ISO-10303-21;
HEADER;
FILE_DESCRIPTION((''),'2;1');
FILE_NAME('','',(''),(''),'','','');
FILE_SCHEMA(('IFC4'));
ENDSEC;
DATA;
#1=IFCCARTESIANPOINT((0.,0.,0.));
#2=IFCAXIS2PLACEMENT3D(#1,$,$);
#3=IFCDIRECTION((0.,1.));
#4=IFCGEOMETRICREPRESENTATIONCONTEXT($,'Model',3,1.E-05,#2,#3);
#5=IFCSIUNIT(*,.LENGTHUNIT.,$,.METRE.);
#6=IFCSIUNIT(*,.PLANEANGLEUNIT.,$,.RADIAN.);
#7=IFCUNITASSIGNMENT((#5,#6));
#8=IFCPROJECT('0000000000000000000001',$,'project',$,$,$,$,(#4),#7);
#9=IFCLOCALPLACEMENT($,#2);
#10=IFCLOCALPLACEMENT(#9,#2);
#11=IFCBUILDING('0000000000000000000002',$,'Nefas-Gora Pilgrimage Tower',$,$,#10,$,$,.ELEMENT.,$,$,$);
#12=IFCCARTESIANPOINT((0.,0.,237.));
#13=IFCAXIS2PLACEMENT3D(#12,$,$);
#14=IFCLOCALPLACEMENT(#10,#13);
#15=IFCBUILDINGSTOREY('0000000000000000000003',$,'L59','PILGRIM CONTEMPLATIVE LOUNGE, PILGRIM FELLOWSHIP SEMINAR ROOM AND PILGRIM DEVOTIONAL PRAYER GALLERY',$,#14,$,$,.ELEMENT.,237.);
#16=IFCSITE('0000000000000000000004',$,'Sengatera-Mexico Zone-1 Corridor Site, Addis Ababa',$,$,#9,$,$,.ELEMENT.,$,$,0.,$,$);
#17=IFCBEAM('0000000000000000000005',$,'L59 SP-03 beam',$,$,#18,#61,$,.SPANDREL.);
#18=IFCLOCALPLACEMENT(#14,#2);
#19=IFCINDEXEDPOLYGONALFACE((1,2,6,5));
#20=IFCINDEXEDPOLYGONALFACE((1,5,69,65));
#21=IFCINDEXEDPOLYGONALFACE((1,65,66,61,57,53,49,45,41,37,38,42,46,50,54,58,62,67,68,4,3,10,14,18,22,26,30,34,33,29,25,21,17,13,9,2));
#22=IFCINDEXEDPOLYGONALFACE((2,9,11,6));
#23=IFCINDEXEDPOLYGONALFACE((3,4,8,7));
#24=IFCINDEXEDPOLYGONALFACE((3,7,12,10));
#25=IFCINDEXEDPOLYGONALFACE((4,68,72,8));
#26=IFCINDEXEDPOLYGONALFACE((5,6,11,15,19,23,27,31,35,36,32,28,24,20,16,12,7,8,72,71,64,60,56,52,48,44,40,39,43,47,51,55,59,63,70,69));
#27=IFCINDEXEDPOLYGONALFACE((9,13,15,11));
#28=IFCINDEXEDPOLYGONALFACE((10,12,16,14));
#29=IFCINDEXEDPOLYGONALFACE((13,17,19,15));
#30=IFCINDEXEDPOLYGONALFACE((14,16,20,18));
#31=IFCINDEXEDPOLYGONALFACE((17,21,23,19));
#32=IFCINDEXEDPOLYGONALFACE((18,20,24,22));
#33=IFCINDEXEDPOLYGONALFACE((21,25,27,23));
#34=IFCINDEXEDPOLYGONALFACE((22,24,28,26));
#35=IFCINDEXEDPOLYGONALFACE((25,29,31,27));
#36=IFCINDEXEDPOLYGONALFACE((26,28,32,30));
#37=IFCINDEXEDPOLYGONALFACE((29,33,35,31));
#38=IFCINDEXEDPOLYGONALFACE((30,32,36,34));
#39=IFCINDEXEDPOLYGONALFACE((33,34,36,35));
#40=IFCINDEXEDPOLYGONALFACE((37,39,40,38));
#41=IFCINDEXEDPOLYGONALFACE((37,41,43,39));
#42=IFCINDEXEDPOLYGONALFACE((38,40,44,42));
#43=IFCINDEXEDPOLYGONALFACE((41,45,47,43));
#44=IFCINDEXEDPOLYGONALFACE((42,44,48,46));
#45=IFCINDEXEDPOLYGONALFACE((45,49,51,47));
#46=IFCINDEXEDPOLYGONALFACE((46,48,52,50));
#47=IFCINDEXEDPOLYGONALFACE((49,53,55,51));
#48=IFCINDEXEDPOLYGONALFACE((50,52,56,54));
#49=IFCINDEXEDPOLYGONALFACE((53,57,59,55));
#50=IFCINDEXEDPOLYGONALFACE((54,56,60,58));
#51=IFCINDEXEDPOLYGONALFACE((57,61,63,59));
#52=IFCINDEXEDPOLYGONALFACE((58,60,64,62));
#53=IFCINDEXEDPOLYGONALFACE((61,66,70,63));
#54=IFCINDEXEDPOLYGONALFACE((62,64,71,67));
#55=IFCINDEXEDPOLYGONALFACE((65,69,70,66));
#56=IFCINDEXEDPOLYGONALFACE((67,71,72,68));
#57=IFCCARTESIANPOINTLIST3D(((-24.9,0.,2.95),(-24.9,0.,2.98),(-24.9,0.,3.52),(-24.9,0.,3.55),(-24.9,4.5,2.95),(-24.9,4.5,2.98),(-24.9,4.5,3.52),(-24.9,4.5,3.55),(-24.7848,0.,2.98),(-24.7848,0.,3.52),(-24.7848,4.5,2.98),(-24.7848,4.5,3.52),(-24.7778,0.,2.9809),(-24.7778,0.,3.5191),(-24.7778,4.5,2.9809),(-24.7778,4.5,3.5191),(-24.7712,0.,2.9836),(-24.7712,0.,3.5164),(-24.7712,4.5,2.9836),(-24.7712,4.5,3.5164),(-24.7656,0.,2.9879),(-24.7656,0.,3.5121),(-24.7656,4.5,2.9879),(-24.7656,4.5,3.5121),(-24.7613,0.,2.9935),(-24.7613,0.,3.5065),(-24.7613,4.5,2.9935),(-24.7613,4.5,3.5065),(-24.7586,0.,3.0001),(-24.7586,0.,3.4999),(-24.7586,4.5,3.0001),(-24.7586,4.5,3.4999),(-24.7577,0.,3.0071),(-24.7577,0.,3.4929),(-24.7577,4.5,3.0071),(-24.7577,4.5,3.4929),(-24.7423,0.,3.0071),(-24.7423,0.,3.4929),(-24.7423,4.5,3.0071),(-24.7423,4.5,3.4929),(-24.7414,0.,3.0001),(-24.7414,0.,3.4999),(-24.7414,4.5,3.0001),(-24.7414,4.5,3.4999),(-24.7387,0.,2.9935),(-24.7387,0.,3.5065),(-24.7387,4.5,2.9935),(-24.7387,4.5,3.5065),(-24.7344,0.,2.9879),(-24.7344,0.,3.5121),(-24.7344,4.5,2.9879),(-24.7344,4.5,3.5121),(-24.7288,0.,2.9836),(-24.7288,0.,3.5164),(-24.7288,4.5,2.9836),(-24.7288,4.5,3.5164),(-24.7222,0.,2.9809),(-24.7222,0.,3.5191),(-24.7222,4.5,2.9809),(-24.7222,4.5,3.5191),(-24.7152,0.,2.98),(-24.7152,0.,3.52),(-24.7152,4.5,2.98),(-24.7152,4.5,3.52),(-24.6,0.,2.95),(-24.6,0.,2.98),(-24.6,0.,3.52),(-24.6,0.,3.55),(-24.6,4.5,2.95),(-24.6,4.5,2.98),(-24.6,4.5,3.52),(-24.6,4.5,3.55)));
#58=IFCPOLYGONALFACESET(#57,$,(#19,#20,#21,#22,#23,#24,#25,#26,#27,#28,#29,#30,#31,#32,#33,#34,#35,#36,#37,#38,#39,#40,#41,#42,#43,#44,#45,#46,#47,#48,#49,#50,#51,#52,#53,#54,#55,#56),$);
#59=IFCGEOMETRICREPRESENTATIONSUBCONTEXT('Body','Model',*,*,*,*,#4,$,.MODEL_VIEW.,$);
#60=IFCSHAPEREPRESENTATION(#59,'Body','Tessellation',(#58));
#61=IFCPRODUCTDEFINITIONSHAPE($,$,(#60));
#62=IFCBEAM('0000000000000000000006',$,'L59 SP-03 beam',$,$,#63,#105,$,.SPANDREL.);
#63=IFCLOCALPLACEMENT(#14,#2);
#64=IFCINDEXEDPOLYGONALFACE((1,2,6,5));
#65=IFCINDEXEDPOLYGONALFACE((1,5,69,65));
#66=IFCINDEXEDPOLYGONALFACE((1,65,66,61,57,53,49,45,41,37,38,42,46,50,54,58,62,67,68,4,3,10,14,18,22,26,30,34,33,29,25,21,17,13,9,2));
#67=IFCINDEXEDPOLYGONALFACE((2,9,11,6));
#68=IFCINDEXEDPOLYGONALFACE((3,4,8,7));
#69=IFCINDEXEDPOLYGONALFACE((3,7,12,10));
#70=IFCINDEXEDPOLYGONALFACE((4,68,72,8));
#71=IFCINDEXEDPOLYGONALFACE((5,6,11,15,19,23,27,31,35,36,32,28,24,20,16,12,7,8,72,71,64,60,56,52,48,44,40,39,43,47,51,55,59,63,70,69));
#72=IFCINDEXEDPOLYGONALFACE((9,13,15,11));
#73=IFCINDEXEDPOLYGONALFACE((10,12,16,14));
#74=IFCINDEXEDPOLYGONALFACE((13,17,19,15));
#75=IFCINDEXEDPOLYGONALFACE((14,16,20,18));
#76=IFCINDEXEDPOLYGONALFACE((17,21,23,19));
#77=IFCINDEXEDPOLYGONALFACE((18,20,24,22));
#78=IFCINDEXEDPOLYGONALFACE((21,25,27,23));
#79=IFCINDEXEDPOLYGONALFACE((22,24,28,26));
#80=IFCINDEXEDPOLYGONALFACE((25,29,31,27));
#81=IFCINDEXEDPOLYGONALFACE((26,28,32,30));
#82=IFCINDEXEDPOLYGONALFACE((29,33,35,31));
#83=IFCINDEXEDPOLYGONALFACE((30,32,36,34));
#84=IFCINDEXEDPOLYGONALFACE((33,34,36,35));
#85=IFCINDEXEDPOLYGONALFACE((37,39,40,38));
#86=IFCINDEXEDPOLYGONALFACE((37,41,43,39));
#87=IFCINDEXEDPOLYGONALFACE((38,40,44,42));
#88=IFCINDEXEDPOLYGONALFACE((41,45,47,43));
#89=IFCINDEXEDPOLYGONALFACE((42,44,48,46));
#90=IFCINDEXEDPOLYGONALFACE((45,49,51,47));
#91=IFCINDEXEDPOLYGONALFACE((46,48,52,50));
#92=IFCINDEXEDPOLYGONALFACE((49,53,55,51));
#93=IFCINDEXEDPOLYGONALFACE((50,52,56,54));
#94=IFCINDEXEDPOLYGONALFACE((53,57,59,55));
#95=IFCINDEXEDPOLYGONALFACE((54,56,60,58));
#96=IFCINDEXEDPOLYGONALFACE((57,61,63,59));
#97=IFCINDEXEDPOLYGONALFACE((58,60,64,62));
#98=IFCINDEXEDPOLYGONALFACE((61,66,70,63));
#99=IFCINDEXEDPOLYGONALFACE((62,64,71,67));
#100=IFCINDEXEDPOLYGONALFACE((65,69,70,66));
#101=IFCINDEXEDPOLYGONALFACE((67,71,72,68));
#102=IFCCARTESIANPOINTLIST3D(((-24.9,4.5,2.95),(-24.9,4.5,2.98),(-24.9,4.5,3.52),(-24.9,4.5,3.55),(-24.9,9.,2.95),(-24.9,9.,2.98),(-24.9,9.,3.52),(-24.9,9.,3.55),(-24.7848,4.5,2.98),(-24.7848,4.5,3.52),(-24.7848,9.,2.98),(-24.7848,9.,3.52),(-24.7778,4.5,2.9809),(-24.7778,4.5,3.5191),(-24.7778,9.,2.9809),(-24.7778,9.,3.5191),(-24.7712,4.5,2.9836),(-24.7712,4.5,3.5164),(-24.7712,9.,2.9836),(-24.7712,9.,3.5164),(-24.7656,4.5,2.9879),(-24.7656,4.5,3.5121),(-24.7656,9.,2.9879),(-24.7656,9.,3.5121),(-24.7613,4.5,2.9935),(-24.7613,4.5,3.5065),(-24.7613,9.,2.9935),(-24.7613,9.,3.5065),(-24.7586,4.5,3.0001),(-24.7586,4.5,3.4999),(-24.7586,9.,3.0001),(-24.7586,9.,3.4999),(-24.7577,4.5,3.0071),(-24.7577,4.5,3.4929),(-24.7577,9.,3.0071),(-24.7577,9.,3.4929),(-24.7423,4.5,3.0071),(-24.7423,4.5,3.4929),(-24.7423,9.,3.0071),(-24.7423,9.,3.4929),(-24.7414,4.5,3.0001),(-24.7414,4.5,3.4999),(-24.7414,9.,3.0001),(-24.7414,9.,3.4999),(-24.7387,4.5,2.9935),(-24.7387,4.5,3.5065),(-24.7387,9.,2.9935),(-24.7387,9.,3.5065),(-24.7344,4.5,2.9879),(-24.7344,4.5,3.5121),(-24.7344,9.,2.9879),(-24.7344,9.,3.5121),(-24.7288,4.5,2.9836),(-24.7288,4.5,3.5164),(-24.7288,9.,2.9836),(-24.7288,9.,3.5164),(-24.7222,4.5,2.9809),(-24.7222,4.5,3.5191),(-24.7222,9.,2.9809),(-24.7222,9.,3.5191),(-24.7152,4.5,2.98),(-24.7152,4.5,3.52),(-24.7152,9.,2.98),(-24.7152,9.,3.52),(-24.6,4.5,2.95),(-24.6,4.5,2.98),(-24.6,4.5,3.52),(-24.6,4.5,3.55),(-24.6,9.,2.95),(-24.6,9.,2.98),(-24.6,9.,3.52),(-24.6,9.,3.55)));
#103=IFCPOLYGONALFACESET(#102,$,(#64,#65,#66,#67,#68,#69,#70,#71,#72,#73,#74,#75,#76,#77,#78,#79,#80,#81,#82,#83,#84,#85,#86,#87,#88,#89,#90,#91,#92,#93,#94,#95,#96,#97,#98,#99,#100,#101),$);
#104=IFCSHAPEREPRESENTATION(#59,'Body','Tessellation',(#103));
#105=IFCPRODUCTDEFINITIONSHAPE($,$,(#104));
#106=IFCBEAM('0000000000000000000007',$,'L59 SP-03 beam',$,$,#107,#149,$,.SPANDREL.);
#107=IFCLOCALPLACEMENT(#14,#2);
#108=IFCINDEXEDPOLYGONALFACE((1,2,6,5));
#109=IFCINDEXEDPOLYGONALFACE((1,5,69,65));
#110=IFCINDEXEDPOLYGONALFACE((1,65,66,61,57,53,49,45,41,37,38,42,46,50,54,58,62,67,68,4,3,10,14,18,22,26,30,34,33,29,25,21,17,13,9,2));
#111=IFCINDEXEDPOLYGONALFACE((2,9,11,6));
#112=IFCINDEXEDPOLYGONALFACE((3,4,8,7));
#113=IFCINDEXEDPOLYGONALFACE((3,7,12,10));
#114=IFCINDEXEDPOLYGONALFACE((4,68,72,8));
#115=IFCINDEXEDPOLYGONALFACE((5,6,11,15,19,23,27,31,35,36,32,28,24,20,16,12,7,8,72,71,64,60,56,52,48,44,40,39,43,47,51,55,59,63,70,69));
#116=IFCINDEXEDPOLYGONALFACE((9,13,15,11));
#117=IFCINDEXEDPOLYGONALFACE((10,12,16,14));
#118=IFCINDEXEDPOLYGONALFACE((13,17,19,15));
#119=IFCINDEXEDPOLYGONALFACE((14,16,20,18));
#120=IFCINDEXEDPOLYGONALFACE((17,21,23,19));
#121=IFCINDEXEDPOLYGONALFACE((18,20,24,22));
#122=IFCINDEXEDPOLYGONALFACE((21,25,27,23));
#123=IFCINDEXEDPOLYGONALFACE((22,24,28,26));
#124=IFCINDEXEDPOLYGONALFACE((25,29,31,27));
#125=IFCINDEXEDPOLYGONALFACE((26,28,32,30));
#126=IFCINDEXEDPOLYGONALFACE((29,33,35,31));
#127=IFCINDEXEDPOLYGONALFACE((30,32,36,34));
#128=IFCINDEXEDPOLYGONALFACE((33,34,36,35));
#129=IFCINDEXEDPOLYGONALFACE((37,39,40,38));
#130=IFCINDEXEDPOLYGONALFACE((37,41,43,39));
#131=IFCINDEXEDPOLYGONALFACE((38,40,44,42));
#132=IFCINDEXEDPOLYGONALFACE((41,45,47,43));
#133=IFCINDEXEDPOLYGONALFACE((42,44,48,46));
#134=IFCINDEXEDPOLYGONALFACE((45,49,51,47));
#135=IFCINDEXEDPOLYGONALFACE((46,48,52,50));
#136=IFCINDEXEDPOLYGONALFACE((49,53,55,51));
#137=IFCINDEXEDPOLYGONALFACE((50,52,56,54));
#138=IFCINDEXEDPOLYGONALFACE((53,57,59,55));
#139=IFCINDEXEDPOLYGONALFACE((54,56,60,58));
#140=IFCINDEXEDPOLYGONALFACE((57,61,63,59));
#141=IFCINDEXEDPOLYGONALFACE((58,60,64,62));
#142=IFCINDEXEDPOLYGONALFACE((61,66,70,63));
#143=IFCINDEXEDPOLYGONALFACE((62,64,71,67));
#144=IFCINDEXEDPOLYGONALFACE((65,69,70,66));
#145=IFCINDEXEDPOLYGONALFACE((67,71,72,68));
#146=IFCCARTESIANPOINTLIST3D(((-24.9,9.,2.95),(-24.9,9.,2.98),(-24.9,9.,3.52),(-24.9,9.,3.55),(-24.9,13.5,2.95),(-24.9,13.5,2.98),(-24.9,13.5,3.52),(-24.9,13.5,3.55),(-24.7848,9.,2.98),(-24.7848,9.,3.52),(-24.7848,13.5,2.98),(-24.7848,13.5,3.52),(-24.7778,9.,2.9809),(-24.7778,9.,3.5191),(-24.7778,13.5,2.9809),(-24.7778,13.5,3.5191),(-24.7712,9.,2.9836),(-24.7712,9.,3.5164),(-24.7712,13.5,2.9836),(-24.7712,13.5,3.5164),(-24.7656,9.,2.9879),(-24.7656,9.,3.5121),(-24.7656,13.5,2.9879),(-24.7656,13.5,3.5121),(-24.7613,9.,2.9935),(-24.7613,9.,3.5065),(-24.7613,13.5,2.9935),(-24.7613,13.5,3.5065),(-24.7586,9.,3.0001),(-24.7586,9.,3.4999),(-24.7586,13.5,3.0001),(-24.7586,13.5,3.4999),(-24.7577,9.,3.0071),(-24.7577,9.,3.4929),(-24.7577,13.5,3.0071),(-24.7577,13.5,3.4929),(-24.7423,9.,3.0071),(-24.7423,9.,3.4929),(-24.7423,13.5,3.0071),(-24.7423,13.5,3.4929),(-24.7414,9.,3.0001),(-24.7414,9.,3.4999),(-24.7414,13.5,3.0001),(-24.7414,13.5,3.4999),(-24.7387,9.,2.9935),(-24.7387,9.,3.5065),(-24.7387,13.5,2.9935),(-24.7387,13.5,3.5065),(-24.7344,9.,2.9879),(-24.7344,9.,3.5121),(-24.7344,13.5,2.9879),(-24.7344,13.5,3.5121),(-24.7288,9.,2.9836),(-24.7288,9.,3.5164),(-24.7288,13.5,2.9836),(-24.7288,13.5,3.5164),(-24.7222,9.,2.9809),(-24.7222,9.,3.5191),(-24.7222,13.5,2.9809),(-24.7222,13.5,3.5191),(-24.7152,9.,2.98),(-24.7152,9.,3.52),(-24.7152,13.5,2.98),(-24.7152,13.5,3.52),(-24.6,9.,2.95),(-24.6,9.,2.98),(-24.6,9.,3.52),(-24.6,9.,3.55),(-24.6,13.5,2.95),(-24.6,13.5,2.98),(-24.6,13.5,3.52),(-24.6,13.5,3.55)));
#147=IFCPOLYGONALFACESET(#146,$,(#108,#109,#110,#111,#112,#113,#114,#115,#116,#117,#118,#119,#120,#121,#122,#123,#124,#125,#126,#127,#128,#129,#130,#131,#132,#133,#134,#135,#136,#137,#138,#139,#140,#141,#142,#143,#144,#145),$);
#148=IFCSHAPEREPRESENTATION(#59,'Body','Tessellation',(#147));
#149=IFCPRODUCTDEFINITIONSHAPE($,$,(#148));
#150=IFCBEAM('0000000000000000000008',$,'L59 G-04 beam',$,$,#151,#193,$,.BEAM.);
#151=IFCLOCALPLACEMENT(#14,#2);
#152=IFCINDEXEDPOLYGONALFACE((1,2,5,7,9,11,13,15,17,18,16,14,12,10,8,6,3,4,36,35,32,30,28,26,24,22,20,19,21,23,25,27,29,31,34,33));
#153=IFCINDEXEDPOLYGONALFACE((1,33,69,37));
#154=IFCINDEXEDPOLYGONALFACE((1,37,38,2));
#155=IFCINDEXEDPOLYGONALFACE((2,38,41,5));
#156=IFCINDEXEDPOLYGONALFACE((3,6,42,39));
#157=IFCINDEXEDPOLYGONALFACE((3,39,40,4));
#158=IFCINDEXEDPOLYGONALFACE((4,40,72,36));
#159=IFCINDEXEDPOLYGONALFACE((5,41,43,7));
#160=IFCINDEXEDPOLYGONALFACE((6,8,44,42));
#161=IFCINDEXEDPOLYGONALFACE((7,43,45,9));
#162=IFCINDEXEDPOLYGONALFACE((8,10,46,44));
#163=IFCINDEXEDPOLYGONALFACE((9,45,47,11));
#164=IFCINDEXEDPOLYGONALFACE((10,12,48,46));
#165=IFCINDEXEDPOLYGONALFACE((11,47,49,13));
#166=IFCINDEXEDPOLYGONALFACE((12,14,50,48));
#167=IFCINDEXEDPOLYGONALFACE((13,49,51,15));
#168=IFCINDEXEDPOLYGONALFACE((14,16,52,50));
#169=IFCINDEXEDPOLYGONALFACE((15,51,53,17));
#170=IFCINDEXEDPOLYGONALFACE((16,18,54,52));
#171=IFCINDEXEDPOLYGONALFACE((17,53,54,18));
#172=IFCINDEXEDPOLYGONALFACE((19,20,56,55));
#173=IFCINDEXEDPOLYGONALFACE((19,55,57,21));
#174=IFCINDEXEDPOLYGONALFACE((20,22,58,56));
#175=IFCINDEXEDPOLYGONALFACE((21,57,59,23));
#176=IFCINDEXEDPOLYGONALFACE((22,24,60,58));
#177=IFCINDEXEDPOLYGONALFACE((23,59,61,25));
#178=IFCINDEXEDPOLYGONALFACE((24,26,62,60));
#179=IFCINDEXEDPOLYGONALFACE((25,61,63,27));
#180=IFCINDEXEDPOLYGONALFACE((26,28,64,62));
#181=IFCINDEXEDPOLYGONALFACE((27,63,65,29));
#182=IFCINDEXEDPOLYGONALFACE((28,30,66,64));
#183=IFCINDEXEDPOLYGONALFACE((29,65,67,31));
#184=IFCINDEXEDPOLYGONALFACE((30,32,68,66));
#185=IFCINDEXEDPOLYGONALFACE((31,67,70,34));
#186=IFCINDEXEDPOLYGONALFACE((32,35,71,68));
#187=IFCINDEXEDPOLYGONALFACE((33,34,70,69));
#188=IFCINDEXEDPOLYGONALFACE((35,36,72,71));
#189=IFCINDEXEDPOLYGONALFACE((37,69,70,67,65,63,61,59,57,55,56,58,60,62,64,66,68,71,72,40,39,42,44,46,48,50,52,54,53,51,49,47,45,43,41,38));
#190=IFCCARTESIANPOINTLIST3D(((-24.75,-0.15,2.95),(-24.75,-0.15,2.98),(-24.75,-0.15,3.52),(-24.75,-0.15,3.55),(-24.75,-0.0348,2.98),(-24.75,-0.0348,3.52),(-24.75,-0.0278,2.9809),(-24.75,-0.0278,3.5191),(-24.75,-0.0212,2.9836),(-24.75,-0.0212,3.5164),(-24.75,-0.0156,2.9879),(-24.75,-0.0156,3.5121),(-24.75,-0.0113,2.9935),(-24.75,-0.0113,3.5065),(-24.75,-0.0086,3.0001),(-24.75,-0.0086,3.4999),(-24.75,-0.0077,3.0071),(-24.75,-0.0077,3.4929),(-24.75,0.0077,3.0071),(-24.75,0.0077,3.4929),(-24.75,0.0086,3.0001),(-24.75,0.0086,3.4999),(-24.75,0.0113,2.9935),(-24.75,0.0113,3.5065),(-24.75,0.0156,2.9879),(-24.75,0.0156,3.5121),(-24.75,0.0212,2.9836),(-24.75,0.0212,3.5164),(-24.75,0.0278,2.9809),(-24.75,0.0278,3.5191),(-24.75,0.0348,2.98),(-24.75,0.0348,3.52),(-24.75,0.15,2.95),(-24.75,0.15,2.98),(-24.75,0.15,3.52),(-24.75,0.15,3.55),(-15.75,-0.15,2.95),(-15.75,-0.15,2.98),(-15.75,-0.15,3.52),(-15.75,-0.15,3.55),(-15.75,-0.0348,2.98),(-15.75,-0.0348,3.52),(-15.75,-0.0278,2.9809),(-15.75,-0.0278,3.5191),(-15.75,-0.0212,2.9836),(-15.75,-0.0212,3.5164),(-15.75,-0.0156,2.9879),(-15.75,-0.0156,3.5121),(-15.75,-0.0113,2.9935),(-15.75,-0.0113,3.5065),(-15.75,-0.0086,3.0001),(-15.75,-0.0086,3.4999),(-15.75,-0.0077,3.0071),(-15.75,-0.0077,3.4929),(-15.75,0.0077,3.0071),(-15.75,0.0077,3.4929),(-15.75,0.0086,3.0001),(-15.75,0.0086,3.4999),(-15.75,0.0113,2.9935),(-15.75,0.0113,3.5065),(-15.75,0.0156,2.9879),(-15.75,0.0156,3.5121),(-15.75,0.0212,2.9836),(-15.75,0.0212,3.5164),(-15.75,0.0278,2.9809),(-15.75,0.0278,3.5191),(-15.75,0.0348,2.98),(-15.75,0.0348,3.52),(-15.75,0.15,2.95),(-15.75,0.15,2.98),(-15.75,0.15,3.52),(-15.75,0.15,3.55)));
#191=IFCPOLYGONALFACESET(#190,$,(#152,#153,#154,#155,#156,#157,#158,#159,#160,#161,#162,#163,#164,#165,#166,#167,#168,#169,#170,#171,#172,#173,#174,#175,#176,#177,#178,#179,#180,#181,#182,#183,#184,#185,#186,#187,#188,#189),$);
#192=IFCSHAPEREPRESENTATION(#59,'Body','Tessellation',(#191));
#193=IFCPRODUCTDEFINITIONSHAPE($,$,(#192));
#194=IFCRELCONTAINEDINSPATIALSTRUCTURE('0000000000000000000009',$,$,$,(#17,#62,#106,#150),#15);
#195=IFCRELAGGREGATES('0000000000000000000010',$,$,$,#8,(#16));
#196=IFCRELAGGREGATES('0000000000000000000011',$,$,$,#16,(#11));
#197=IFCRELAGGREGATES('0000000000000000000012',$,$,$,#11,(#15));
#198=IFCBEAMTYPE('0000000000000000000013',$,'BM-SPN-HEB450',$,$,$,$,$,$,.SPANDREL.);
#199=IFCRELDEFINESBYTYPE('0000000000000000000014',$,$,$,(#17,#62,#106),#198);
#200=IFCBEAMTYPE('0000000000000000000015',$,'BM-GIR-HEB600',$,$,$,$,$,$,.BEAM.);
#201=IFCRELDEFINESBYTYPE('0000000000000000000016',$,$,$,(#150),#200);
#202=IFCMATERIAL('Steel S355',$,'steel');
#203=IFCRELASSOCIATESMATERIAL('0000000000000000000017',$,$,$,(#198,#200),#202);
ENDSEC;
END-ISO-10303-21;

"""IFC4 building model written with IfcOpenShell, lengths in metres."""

from ifc_helpers import new_model, si_unit, direction, frame, origin, origin_2d, place, context, subcontext, project, spatial, i_section, extrude, source, transform, mapped, material, material_profile, profile_set, type_object, element, save


model = new_model("IFC4")

# Units and contexts
model_context = context("Model", 3, precision=1e-05, world=origin(), true_north=direction((0.0, 1.0)))
body_context = subcontext(model_context, "Body", "Model", "MODEL_VIEW")
ifc_project = project(units=[si_unit("LENGTHUNIT", "METRE"), si_unit("PLANEANGLEUNIT", "RADIAN")], contexts=[model_context])

# Site, building, storey
site_placement = place(None, origin())
site = spatial("IfcSite", under=ifc_project, at=site_placement, Name="Sengatera-Mexico Zone-1 Corridor Site, Addis Ababa", CompositionType="ELEMENT", RefElevation=0.0)
building_placement = place(site_placement, origin())
building = spatial("IfcBuilding", under=site, at=building_placement, Name="Nefas-Gora Pilgrimage Tower", CompositionType="ELEMENT")
storey_placement = place(building_placement, frame((0.0, 0.0, 237.0)))
storey = spatial("IfcBuildingStorey", under=building, at=storey_placement, Name="L59", Description="PILGRIM CONTEMPLATIVE LOUNGE, PILGRIM FELLOWSHIP SEMINAR ROOM AND PILGRIM DEVOTIONAL PRAYER GALLERY", CompositionType="ELEMENT", Elevation=237.0)

# Beams
ifc_material_1 = material(Name="Steel S355", Category="steel")
ifc_material_profile_1 = material_profile(ifc_material_1, i_section(OverallWidth=0.3, OverallDepth=0.6001, WebThickness=0.0154, FlangeThickness=0.03, FilletRadius=0.0271, at=origin_2d()), Name="HEB 600")
ifc_profile_set_1 = profile_set([ifc_material_profile_1], Name="Steel S355")
beam_type_1 = type_object("IfcBeamType", Name="BM-SPN-HEB450", PredefinedType="SPANDREL", material=ifc_profile_set_1)
shared_shape_1 = source(origin(), body_context, "Body", "SweptSolid", [
    extrude(i_section(OverallWidth=0.3, OverallDepth=0.6001, WebThickness=0.0154, FlangeThickness=0.03, FilletRadius=0.0271, at=origin_2d()), origin(), (0.0, 0.0, 1.0), 4.5),
])
for number, where, z_axis, x_axis, name in (
    (1, (-24.75, 0.0, 3.25), (0.0, 1.0, 0.0), (-1.0, 0.0, 0.0), "L59 SP-03 beam"),
    (2, (-24.75, 4.5, 3.25), (0.0, 1.0, 0.0), (-1.0, 0.0, 0.0), "L59 SP-03 beam"),
    (3, (-24.75, 9.0, 3.25), (0.0, 1.0, 0.0), (-1.0, 0.0, 0.0), "L59 SP-03 beam"),
):
    element("IfcBeam", number, at=place(storey_placement, frame(where, z_axis=z_axis, x_axis=x_axis)), inside=storey, type_object=beam_type_1, Name=name, PredefinedType="SPANDREL", context=body_context, shape_type="MappedRepresentation", body=[
        mapped(shared_shape_1, transform((0.0, 0.0, 0.0), x_axis=(1.0, 0.0, 0.0), y_axis=(0.0, 1.0, 0.0), z_axis=(0.0, 0.0, 1.0), scale=1.0)),
    ])
ifc_material_profile_2 = material_profile(ifc_material_1, i_section(OverallWidth=0.3, OverallDepth=0.6001, WebThickness=0.0154, FlangeThickness=0.03, FilletRadius=0.0271, at=origin_2d()), Name="HEB 600")
ifc_profile_set_2 = profile_set([ifc_material_profile_2], Name="Steel S355")
beam_type_2 = type_object("IfcBeamType", Name="BM-GIR-HEB600", PredefinedType="BEAM", material=ifc_profile_set_2)
shared_shape_2 = source(origin(), body_context, "Body", "SweptSolid", [
    extrude(i_section(OverallWidth=0.3, OverallDepth=0.6001, WebThickness=0.0154, FlangeThickness=0.03, FilletRadius=0.0271, at=origin_2d()), origin(), (0.0, 0.0, 1.0), 9.0),
])
for number, where, z_axis, x_axis, name in (
    (4, (-24.75, 0.0, 3.25), (1.0, 0.0, 0.0), (0.0, 1.0, 0.0), "L59 G-04 beam"),
):
    element("IfcBeam", number, at=place(storey_placement, frame(where, z_axis=z_axis, x_axis=x_axis)), inside=storey, type_object=beam_type_2, Name=name, PredefinedType="BEAM", context=body_context, shape_type="MappedRepresentation", body=[
        mapped(shared_shape_2, transform((0.0, 0.0, 0.0), x_axis=(1.0, 0.0, 0.0), y_axis=(0.0, 1.0, 0.0), z_axis=(0.0, 0.0, 1.0), scale=1.0)),
    ])

save(model, "model.ifc")
